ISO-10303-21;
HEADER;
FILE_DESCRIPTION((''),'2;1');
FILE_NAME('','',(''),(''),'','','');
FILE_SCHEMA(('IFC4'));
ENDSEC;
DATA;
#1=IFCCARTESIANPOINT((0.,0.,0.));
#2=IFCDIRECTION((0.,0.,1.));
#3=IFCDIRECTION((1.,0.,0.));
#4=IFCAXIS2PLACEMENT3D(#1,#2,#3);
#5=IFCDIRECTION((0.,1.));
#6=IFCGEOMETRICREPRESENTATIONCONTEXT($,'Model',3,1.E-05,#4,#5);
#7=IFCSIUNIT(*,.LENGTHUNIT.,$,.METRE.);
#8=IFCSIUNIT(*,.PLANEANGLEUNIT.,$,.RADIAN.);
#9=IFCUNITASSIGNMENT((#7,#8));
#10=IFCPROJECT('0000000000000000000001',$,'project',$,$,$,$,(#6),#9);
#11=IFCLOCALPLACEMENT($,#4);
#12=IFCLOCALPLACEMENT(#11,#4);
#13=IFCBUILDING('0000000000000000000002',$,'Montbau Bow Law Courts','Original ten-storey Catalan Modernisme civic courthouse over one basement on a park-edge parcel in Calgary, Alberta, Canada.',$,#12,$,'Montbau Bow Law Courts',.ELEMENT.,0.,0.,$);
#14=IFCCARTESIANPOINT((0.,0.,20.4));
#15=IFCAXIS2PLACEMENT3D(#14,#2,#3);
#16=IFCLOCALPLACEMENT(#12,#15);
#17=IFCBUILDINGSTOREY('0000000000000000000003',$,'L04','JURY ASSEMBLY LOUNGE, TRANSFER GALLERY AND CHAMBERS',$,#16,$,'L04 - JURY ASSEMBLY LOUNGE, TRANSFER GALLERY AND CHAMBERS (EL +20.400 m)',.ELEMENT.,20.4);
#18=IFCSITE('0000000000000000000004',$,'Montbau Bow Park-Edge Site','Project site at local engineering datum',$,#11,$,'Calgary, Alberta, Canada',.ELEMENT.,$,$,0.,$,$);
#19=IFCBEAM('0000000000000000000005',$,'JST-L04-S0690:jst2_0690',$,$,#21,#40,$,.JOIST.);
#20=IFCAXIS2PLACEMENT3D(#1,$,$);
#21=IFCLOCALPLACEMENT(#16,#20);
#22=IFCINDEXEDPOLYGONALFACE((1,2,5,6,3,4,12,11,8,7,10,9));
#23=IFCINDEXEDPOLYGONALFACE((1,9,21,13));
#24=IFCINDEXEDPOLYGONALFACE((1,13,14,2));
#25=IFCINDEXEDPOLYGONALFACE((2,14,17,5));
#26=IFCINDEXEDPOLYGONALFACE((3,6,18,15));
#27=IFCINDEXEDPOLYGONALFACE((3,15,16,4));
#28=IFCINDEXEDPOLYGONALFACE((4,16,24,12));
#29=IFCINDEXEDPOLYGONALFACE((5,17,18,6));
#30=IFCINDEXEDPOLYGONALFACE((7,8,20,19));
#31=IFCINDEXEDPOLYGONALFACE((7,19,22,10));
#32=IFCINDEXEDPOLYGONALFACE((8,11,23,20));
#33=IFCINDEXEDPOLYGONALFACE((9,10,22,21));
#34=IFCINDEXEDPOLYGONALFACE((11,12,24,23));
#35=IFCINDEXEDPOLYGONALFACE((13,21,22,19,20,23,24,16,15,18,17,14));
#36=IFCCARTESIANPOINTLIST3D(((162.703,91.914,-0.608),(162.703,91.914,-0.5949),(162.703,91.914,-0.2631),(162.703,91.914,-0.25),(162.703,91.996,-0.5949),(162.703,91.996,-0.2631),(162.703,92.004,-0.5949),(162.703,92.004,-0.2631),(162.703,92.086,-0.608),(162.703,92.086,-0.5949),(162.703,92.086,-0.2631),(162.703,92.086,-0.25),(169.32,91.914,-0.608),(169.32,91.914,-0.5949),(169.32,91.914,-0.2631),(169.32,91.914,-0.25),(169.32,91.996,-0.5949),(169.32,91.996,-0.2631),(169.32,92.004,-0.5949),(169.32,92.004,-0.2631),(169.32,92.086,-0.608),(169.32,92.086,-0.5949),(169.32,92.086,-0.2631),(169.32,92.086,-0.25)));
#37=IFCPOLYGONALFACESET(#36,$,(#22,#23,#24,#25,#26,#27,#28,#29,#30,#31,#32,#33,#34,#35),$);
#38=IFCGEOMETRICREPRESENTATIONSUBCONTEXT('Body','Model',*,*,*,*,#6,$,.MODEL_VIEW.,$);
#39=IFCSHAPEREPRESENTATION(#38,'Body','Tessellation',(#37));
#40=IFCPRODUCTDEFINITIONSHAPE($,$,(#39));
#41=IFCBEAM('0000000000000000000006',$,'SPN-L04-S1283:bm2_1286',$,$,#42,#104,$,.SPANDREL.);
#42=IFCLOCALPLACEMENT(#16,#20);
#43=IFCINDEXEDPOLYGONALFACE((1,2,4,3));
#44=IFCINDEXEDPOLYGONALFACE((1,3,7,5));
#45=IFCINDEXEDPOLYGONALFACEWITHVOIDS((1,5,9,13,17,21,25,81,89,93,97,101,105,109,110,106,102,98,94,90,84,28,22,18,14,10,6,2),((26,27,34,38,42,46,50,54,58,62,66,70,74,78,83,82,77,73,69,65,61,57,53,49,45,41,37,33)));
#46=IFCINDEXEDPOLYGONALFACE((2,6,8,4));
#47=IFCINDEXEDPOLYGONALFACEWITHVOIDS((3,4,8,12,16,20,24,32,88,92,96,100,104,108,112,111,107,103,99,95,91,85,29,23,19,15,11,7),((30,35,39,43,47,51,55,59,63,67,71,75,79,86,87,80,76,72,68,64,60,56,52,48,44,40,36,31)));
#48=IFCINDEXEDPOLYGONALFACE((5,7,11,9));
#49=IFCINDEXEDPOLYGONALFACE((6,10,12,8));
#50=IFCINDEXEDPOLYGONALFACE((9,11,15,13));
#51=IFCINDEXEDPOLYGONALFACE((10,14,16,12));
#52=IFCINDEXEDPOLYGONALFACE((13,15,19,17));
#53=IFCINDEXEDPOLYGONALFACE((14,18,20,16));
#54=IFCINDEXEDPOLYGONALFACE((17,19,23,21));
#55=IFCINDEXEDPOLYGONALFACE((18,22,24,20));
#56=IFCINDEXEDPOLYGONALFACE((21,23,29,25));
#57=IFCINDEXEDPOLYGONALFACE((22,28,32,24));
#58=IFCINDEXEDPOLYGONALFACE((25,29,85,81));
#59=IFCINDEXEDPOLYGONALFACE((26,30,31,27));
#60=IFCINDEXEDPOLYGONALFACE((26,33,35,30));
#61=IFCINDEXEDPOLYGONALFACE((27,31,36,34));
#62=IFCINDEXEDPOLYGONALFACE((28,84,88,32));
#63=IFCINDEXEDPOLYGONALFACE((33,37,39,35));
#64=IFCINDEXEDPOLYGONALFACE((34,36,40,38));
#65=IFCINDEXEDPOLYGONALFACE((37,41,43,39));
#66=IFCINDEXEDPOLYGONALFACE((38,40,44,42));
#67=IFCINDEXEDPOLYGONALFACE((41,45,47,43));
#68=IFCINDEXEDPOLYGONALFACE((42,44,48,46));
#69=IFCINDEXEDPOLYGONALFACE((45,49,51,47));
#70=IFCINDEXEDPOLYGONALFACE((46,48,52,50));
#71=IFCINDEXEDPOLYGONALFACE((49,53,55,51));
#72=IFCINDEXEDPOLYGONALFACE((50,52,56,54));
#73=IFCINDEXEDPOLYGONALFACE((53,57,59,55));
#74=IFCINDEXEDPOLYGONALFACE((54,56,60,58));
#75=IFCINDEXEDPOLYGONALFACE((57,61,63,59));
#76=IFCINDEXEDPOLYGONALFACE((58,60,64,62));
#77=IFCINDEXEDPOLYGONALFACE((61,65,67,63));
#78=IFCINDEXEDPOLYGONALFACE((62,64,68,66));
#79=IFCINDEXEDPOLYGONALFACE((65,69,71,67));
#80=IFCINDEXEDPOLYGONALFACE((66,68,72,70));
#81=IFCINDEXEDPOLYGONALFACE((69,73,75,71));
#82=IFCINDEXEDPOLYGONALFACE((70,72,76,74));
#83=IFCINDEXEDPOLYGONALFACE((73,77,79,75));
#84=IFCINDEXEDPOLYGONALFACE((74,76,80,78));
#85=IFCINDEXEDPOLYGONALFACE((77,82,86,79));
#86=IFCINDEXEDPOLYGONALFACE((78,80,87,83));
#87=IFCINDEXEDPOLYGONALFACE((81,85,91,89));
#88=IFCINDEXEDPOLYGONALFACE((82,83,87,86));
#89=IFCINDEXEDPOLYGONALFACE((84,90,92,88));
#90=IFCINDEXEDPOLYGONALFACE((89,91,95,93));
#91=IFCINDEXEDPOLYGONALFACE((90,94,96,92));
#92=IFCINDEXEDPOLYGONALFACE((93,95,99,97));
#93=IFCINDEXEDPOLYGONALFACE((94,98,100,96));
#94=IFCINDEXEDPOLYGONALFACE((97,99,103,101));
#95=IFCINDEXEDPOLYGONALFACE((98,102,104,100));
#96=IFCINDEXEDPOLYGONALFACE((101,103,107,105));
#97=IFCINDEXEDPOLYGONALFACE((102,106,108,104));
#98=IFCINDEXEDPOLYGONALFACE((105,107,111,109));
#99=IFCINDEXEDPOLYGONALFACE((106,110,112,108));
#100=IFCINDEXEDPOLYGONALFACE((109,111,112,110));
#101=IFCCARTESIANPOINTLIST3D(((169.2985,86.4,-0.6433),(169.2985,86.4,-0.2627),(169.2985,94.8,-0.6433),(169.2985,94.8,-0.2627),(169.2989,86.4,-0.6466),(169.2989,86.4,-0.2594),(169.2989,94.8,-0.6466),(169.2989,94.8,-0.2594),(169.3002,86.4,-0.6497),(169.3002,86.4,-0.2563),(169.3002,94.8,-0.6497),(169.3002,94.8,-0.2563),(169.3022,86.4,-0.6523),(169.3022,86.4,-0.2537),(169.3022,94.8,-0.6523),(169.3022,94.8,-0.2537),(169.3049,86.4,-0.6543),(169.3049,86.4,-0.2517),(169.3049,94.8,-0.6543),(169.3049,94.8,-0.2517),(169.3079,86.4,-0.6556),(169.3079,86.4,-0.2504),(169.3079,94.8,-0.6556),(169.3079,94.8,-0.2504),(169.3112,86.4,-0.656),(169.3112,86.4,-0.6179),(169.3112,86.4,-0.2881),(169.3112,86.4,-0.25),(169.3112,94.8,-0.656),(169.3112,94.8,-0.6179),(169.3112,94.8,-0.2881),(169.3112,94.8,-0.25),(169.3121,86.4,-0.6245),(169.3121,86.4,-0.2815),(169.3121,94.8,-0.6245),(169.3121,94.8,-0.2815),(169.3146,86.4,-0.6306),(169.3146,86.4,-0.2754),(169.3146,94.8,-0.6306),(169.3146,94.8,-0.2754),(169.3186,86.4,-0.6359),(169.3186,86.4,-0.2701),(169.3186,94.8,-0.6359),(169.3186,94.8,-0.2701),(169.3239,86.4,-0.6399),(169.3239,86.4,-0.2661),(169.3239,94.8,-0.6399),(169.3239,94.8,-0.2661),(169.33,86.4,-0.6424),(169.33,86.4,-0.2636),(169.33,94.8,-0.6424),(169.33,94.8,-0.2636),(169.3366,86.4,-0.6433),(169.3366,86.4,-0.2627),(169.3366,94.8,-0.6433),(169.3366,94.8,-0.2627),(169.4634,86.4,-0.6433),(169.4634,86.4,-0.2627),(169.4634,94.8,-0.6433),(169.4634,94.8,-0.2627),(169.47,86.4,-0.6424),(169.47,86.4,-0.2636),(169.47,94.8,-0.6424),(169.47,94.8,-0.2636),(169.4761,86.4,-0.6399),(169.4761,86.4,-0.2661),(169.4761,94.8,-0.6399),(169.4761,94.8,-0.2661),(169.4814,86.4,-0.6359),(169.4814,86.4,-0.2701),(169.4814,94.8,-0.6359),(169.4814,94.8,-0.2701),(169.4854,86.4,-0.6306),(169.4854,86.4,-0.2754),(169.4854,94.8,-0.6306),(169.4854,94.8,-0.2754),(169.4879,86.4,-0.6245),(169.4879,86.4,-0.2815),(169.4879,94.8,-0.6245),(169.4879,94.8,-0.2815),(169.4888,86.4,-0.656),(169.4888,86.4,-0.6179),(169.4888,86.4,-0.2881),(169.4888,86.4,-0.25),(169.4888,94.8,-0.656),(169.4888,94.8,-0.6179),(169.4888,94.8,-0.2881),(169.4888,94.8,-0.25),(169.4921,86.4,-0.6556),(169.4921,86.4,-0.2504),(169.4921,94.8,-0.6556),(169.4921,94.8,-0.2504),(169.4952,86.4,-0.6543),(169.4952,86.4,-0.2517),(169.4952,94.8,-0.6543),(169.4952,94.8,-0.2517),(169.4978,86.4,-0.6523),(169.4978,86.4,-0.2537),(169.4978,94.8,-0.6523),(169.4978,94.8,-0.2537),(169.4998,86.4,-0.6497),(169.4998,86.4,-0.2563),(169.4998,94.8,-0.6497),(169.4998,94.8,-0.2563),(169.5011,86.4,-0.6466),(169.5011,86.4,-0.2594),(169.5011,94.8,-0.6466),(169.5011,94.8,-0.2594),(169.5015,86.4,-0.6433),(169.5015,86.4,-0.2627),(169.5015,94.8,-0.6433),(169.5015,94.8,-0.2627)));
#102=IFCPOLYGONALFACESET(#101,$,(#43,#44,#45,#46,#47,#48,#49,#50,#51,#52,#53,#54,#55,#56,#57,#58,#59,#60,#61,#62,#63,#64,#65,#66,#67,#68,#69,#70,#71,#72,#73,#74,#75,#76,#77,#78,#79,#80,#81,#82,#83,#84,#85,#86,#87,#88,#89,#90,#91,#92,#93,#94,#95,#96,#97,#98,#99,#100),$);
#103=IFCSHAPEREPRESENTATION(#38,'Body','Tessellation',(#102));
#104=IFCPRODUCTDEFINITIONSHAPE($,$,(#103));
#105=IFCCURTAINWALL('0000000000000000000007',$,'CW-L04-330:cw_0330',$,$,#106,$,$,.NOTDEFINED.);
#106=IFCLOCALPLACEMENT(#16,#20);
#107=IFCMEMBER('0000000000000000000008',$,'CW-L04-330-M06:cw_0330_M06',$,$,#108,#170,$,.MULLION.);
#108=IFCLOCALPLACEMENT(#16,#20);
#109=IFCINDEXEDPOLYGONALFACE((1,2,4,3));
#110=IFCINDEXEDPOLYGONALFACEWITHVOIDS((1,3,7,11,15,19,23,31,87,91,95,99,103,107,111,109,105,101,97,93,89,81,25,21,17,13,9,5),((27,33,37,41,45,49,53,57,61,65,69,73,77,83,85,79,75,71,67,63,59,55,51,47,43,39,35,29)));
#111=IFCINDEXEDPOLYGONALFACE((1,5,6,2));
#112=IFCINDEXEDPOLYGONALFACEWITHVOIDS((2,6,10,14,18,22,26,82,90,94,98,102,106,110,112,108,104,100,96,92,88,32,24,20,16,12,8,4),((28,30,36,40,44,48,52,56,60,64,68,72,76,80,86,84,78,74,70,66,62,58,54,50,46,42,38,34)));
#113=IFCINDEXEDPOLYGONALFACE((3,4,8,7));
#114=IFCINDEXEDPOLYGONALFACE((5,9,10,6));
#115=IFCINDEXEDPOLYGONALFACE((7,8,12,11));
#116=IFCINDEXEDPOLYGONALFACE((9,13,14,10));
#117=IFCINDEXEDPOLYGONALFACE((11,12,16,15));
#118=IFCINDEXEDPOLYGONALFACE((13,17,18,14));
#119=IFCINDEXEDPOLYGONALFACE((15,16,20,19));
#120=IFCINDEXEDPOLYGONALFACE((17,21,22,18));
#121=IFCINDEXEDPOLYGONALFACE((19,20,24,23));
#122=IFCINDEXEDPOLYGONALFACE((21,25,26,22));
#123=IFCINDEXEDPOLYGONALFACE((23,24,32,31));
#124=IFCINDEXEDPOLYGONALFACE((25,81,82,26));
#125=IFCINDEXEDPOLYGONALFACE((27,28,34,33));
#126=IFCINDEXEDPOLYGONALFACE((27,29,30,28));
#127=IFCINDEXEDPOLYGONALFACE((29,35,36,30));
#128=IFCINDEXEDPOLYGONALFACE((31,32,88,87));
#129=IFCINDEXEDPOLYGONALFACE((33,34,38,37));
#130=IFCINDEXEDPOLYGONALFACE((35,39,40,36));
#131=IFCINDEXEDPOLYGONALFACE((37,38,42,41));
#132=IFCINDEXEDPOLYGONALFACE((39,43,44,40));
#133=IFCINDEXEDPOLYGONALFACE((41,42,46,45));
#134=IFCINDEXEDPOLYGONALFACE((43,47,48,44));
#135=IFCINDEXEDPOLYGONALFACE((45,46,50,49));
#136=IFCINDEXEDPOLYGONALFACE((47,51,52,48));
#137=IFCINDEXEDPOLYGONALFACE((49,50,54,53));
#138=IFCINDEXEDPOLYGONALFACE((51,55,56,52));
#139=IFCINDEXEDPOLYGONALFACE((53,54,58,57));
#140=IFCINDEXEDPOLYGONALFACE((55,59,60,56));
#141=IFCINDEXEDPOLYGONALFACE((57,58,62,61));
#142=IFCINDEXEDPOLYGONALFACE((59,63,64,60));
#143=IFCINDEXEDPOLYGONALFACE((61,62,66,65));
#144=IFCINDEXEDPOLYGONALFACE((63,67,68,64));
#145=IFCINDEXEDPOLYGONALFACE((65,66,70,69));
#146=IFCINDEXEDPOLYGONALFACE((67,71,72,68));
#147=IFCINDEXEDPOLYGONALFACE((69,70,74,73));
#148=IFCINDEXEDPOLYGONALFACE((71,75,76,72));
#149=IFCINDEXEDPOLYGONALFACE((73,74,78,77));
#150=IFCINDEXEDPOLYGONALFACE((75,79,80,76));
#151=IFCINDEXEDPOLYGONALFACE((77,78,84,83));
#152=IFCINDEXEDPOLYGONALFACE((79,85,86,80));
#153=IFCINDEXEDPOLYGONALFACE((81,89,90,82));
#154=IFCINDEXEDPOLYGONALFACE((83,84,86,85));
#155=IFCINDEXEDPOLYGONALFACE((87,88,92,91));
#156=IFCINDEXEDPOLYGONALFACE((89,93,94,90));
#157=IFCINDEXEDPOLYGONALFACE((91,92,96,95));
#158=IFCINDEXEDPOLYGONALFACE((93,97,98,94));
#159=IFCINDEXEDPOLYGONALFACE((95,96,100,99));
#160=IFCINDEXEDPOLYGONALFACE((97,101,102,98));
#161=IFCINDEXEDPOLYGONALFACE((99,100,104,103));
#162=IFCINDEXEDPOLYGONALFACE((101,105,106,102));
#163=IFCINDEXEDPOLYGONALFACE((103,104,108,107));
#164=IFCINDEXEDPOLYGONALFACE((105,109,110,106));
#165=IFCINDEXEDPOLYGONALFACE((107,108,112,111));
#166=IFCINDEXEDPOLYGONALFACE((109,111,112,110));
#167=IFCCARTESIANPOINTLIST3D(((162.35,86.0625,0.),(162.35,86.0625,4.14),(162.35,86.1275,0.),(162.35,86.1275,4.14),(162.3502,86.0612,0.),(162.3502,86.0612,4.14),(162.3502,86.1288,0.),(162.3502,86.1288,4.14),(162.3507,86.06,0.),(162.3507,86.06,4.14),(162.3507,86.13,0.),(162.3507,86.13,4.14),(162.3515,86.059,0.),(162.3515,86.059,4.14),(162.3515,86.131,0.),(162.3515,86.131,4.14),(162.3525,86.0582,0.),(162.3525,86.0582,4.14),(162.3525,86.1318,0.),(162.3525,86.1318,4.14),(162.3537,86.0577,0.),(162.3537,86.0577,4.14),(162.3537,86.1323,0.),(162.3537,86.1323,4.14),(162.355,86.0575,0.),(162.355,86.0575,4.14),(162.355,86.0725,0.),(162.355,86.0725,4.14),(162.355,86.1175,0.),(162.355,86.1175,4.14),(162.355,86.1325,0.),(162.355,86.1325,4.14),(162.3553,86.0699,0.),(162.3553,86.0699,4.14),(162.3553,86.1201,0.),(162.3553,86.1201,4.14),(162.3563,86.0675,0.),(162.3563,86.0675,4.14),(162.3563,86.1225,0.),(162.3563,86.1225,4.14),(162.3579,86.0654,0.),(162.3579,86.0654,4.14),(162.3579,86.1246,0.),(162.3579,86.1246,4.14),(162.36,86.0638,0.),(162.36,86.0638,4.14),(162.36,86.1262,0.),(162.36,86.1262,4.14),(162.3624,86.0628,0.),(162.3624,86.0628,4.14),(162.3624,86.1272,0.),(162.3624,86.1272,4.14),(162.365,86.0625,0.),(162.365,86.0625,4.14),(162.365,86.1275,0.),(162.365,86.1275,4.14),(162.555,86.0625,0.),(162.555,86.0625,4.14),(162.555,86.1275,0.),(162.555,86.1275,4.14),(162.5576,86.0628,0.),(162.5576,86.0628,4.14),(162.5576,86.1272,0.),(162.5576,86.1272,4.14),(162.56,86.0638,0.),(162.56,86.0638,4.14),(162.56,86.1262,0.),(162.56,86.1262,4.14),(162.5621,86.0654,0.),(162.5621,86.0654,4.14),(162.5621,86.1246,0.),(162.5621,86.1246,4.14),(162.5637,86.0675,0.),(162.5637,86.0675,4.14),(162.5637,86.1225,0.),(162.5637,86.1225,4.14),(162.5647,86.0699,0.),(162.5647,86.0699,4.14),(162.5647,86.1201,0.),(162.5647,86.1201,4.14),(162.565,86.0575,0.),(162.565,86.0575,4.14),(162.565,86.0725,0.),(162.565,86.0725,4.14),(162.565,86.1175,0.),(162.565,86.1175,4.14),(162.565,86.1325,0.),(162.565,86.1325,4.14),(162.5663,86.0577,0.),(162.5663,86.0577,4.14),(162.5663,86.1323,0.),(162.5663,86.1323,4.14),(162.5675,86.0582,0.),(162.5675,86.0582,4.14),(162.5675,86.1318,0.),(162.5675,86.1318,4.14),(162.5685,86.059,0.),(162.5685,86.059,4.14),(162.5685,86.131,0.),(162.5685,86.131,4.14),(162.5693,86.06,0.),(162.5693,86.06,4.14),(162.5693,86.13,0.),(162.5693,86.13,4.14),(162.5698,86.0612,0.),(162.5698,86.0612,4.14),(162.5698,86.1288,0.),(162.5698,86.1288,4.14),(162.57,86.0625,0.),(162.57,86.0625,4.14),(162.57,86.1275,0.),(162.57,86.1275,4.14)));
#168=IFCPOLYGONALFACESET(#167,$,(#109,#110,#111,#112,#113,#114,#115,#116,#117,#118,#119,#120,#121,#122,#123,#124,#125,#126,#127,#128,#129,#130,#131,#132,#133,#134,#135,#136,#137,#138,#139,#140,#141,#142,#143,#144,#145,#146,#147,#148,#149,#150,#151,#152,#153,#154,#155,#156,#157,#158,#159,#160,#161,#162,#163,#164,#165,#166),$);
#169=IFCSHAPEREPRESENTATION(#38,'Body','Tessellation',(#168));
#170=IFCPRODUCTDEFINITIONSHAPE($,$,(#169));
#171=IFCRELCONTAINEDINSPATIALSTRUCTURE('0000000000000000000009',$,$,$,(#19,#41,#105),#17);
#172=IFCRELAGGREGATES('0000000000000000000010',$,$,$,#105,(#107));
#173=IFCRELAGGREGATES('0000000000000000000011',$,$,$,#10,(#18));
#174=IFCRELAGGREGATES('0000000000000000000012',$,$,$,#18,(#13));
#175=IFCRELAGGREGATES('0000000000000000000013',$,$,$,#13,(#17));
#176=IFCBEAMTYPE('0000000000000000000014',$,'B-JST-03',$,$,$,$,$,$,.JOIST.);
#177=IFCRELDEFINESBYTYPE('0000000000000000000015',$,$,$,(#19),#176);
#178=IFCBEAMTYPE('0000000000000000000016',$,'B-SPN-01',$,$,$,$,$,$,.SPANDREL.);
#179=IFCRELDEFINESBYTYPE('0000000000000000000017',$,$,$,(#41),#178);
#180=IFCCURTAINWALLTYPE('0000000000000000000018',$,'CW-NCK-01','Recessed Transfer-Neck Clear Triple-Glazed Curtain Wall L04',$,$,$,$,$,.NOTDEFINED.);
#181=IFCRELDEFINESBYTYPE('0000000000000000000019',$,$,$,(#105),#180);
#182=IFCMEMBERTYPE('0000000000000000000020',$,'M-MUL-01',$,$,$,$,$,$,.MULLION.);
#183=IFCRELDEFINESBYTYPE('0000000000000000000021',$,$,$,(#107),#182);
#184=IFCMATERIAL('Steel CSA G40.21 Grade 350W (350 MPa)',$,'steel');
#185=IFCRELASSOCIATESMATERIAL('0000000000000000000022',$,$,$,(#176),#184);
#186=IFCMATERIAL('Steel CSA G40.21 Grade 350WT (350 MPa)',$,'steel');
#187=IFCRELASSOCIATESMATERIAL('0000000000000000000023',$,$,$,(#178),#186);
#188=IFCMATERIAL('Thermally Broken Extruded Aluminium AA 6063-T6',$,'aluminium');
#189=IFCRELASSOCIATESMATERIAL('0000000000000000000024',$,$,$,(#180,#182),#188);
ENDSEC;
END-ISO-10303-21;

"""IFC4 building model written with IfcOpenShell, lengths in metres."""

from ifc_helpers import new_model, si_unit, direction, frame, origin_with_axes, origin_2d_with_axis, place, context, subcontext, project, spatial, hollow_rectangle, i_section, extrude, material, material_profile, profile_set, type_object, element, aggregate, save


model = new_model("IFC4")

# Units and contexts
model_context = context("Model", 3, precision=1e-05, world=origin_with_axes(), true_north=direction((0.0, 1.0)))
body_context = subcontext(model_context, "Body", "Model", "MODEL_VIEW")
ifc_project = project(units=[si_unit("LENGTHUNIT", "METRE"), si_unit("PLANEANGLEUNIT", "RADIAN")], contexts=[model_context])

# Site, building, storey
site_placement = place(None, origin_with_axes())
site = spatial("IfcSite", under=ifc_project, at=site_placement, Name="Montbau Bow Park-Edge Site", Description="Project site at local engineering datum", LongName="Calgary, Alberta, Canada", CompositionType="ELEMENT", RefElevation=0.0)
building_placement = place(site_placement, origin_with_axes())
building = spatial("IfcBuilding", under=site, at=building_placement, Name="Montbau Bow Law Courts", Description="Original ten-storey Catalan Modernisme civic courthouse over one basement on a park-edge parcel in Calgary, Alberta, Canada.", LongName="Montbau Bow Law Courts", CompositionType="ELEMENT", ElevationOfRefHeight=0.0, ElevationOfTerrain=0.0)
storey_placement = place(building_placement, frame((0.0, 0.0, 20.4), z_axis=(0.0, 0.0, 1.0), x_axis=(1.0, 0.0, 0.0)))
storey = spatial("IfcBuildingStorey", under=building, at=storey_placement, Name="L04", Description="JURY ASSEMBLY LOUNGE, TRANSFER GALLERY AND CHAMBERS", LongName="L04 - JURY ASSEMBLY LOUNGE, TRANSFER GALLERY AND CHAMBERS (EL +20.400 m)", CompositionType="ELEMENT", Elevation=20.4)

# Shared definitions
ifc_material_1 = material(Name="Steel CSA G40.21 Grade 350WT (350 MPa)", Category="steel")

# Beams
ifc_material_2 = material(Name="Steel CSA G40.21 Grade 350W (350 MPa)", Category="steel")
ifc_material_profile_1 = material_profile(ifc_material_2, i_section(OverallWidth=0.172, OverallDepth=0.358, WebThickness=0.0079, FlangeThickness=0.0131, at=origin_2d_with_axis()), Name="W360X57", Category="Main", Priority=0)
ifc_profile_set_1 = profile_set([ifc_material_profile_1], Name="Steel CSA G40.21 Grade 350W (350 MPa)")
beam_type_1 = type_object("IfcBeamType", Name="B-JST-03", PredefinedType="JOIST", material=ifc_profile_set_1)
beam_1_placement = place(None, frame((162.703, 92.0, 19.971), z_axis=(1.0, 0.0, 0.0), x_axis=(0.0, 1.0, 0.0)))
element("IfcBeam", 1, at=beam_1_placement, inside=storey, type_object=beam_type_1, Name="JST-L04-S0690:jst2_0690", PredefinedType="JOIST", context=body_context, shape_type="SweptSolid", body=[
    extrude(i_section(OverallWidth=0.172, OverallDepth=0.358, WebThickness=0.0079, FlangeThickness=0.0131, at=origin_2d_with_axis()), origin_with_axes(), (0.0, 0.0, 1.0), 6.617),
])
ifc_material_profile_2 = material_profile(ifc_material_1, hollow_rectangle(XDim=0.203, YDim=0.406, WallThickness=0.0127, InnerFilletRadius=0.0254, OuterFilletRadius=0.0127, at=origin_2d_with_axis()), Name="HSS406X203X13", Category="Main", Priority=0)
ifc_profile_set_2 = profile_set([ifc_material_profile_2], Name="Steel CSA G40.21 Grade 350WT (350 MPa)")
beam_type_2 = type_object("IfcBeamType", Name="B-SPN-01", PredefinedType="SPANDREL", material=ifc_profile_set_2)
beam_2_placement = place(None, frame((169.4, 86.4, 19.947), z_axis=(0.0, 1.0, 0.0), x_axis=(-1.0, 0.0, 0.0)))
element("IfcBeam", 2, at=beam_2_placement, inside=storey, type_object=beam_type_2, Name="SPN-L04-S1283:bm2_1286", PredefinedType="SPANDREL", context=body_context, shape_type="SweptSolid", body=[
    extrude(hollow_rectangle(XDim=0.203, YDim=0.406, WallThickness=0.0127, InnerFilletRadius=0.0254, OuterFilletRadius=0.0127, at=origin_2d_with_axis()), origin_with_axes(), (0.0, 0.0, 1.0), 8.4),
])

# Curtain wall, member
ifc_material_3 = material(Name="Thermally Broken Extruded Aluminium AA 6063-T6", Category="aluminium")
curtain_wall_type = type_object("IfcCurtainWallType", Name="CW-NCK-01", Description="Recessed Transfer-Neck Clear Triple-Glazed Curtain Wall L04", PredefinedType="NOTDEFINED", material=ifc_material_3)
curtain_wall_1_placement = place(None, frame((162.46, 78.515, 20.4), z_axis=(0.0, 0.0, 1.0), x_axis=(1.0, 0.0, 0.0)))
curtain_wall_1 = element("IfcCurtainWall", 3, at=curtain_wall_1_placement, inside=storey, type_object=curtain_wall_type, Name="CW-L04-330:cw_0330", PredefinedType="NOTDEFINED")
ifc_material_profile_3 = material_profile(ifc_material_3, hollow_rectangle(XDim=0.075, YDim=0.22, WallThickness=0.005, InnerFilletRadius=0.01, OuterFilletRadius=0.005, at=origin_2d_with_axis()), Name="CWM-220X75", Category="Main", Priority=0)
ifc_profile_set_3 = profile_set([ifc_material_profile_3], Name="Thermally Broken Extruded Aluminium AA 6063-T6")
member_type_1 = type_object("IfcMemberType", Name="M-MUL-01", PredefinedType="MULLION", material=ifc_profile_set_3)
member_1_placement = place(None, frame((162.46, 86.095, 20.4), z_axis=(0.0, 0.0, 1.0), x_axis=(0.0, 1.0, 0.0)))
member_1 = element("IfcMember", 4, at=member_1_placement, type_object=member_type_1, Name="CW-L04-330-M06:cw_0330_M06", PredefinedType="MULLION", context=body_context, shape_type="SweptSolid", body=[
    extrude(hollow_rectangle(XDim=0.075, YDim=0.22, WallThickness=0.005, InnerFilletRadius=0.01, OuterFilletRadius=0.005, at=origin_2d_with_axis()), origin_with_axes(), (0.0, 0.0, 1.0), 4.14),
])
aggregate(curtain_wall_1, [member_1])

save(model, "model.ifc")
